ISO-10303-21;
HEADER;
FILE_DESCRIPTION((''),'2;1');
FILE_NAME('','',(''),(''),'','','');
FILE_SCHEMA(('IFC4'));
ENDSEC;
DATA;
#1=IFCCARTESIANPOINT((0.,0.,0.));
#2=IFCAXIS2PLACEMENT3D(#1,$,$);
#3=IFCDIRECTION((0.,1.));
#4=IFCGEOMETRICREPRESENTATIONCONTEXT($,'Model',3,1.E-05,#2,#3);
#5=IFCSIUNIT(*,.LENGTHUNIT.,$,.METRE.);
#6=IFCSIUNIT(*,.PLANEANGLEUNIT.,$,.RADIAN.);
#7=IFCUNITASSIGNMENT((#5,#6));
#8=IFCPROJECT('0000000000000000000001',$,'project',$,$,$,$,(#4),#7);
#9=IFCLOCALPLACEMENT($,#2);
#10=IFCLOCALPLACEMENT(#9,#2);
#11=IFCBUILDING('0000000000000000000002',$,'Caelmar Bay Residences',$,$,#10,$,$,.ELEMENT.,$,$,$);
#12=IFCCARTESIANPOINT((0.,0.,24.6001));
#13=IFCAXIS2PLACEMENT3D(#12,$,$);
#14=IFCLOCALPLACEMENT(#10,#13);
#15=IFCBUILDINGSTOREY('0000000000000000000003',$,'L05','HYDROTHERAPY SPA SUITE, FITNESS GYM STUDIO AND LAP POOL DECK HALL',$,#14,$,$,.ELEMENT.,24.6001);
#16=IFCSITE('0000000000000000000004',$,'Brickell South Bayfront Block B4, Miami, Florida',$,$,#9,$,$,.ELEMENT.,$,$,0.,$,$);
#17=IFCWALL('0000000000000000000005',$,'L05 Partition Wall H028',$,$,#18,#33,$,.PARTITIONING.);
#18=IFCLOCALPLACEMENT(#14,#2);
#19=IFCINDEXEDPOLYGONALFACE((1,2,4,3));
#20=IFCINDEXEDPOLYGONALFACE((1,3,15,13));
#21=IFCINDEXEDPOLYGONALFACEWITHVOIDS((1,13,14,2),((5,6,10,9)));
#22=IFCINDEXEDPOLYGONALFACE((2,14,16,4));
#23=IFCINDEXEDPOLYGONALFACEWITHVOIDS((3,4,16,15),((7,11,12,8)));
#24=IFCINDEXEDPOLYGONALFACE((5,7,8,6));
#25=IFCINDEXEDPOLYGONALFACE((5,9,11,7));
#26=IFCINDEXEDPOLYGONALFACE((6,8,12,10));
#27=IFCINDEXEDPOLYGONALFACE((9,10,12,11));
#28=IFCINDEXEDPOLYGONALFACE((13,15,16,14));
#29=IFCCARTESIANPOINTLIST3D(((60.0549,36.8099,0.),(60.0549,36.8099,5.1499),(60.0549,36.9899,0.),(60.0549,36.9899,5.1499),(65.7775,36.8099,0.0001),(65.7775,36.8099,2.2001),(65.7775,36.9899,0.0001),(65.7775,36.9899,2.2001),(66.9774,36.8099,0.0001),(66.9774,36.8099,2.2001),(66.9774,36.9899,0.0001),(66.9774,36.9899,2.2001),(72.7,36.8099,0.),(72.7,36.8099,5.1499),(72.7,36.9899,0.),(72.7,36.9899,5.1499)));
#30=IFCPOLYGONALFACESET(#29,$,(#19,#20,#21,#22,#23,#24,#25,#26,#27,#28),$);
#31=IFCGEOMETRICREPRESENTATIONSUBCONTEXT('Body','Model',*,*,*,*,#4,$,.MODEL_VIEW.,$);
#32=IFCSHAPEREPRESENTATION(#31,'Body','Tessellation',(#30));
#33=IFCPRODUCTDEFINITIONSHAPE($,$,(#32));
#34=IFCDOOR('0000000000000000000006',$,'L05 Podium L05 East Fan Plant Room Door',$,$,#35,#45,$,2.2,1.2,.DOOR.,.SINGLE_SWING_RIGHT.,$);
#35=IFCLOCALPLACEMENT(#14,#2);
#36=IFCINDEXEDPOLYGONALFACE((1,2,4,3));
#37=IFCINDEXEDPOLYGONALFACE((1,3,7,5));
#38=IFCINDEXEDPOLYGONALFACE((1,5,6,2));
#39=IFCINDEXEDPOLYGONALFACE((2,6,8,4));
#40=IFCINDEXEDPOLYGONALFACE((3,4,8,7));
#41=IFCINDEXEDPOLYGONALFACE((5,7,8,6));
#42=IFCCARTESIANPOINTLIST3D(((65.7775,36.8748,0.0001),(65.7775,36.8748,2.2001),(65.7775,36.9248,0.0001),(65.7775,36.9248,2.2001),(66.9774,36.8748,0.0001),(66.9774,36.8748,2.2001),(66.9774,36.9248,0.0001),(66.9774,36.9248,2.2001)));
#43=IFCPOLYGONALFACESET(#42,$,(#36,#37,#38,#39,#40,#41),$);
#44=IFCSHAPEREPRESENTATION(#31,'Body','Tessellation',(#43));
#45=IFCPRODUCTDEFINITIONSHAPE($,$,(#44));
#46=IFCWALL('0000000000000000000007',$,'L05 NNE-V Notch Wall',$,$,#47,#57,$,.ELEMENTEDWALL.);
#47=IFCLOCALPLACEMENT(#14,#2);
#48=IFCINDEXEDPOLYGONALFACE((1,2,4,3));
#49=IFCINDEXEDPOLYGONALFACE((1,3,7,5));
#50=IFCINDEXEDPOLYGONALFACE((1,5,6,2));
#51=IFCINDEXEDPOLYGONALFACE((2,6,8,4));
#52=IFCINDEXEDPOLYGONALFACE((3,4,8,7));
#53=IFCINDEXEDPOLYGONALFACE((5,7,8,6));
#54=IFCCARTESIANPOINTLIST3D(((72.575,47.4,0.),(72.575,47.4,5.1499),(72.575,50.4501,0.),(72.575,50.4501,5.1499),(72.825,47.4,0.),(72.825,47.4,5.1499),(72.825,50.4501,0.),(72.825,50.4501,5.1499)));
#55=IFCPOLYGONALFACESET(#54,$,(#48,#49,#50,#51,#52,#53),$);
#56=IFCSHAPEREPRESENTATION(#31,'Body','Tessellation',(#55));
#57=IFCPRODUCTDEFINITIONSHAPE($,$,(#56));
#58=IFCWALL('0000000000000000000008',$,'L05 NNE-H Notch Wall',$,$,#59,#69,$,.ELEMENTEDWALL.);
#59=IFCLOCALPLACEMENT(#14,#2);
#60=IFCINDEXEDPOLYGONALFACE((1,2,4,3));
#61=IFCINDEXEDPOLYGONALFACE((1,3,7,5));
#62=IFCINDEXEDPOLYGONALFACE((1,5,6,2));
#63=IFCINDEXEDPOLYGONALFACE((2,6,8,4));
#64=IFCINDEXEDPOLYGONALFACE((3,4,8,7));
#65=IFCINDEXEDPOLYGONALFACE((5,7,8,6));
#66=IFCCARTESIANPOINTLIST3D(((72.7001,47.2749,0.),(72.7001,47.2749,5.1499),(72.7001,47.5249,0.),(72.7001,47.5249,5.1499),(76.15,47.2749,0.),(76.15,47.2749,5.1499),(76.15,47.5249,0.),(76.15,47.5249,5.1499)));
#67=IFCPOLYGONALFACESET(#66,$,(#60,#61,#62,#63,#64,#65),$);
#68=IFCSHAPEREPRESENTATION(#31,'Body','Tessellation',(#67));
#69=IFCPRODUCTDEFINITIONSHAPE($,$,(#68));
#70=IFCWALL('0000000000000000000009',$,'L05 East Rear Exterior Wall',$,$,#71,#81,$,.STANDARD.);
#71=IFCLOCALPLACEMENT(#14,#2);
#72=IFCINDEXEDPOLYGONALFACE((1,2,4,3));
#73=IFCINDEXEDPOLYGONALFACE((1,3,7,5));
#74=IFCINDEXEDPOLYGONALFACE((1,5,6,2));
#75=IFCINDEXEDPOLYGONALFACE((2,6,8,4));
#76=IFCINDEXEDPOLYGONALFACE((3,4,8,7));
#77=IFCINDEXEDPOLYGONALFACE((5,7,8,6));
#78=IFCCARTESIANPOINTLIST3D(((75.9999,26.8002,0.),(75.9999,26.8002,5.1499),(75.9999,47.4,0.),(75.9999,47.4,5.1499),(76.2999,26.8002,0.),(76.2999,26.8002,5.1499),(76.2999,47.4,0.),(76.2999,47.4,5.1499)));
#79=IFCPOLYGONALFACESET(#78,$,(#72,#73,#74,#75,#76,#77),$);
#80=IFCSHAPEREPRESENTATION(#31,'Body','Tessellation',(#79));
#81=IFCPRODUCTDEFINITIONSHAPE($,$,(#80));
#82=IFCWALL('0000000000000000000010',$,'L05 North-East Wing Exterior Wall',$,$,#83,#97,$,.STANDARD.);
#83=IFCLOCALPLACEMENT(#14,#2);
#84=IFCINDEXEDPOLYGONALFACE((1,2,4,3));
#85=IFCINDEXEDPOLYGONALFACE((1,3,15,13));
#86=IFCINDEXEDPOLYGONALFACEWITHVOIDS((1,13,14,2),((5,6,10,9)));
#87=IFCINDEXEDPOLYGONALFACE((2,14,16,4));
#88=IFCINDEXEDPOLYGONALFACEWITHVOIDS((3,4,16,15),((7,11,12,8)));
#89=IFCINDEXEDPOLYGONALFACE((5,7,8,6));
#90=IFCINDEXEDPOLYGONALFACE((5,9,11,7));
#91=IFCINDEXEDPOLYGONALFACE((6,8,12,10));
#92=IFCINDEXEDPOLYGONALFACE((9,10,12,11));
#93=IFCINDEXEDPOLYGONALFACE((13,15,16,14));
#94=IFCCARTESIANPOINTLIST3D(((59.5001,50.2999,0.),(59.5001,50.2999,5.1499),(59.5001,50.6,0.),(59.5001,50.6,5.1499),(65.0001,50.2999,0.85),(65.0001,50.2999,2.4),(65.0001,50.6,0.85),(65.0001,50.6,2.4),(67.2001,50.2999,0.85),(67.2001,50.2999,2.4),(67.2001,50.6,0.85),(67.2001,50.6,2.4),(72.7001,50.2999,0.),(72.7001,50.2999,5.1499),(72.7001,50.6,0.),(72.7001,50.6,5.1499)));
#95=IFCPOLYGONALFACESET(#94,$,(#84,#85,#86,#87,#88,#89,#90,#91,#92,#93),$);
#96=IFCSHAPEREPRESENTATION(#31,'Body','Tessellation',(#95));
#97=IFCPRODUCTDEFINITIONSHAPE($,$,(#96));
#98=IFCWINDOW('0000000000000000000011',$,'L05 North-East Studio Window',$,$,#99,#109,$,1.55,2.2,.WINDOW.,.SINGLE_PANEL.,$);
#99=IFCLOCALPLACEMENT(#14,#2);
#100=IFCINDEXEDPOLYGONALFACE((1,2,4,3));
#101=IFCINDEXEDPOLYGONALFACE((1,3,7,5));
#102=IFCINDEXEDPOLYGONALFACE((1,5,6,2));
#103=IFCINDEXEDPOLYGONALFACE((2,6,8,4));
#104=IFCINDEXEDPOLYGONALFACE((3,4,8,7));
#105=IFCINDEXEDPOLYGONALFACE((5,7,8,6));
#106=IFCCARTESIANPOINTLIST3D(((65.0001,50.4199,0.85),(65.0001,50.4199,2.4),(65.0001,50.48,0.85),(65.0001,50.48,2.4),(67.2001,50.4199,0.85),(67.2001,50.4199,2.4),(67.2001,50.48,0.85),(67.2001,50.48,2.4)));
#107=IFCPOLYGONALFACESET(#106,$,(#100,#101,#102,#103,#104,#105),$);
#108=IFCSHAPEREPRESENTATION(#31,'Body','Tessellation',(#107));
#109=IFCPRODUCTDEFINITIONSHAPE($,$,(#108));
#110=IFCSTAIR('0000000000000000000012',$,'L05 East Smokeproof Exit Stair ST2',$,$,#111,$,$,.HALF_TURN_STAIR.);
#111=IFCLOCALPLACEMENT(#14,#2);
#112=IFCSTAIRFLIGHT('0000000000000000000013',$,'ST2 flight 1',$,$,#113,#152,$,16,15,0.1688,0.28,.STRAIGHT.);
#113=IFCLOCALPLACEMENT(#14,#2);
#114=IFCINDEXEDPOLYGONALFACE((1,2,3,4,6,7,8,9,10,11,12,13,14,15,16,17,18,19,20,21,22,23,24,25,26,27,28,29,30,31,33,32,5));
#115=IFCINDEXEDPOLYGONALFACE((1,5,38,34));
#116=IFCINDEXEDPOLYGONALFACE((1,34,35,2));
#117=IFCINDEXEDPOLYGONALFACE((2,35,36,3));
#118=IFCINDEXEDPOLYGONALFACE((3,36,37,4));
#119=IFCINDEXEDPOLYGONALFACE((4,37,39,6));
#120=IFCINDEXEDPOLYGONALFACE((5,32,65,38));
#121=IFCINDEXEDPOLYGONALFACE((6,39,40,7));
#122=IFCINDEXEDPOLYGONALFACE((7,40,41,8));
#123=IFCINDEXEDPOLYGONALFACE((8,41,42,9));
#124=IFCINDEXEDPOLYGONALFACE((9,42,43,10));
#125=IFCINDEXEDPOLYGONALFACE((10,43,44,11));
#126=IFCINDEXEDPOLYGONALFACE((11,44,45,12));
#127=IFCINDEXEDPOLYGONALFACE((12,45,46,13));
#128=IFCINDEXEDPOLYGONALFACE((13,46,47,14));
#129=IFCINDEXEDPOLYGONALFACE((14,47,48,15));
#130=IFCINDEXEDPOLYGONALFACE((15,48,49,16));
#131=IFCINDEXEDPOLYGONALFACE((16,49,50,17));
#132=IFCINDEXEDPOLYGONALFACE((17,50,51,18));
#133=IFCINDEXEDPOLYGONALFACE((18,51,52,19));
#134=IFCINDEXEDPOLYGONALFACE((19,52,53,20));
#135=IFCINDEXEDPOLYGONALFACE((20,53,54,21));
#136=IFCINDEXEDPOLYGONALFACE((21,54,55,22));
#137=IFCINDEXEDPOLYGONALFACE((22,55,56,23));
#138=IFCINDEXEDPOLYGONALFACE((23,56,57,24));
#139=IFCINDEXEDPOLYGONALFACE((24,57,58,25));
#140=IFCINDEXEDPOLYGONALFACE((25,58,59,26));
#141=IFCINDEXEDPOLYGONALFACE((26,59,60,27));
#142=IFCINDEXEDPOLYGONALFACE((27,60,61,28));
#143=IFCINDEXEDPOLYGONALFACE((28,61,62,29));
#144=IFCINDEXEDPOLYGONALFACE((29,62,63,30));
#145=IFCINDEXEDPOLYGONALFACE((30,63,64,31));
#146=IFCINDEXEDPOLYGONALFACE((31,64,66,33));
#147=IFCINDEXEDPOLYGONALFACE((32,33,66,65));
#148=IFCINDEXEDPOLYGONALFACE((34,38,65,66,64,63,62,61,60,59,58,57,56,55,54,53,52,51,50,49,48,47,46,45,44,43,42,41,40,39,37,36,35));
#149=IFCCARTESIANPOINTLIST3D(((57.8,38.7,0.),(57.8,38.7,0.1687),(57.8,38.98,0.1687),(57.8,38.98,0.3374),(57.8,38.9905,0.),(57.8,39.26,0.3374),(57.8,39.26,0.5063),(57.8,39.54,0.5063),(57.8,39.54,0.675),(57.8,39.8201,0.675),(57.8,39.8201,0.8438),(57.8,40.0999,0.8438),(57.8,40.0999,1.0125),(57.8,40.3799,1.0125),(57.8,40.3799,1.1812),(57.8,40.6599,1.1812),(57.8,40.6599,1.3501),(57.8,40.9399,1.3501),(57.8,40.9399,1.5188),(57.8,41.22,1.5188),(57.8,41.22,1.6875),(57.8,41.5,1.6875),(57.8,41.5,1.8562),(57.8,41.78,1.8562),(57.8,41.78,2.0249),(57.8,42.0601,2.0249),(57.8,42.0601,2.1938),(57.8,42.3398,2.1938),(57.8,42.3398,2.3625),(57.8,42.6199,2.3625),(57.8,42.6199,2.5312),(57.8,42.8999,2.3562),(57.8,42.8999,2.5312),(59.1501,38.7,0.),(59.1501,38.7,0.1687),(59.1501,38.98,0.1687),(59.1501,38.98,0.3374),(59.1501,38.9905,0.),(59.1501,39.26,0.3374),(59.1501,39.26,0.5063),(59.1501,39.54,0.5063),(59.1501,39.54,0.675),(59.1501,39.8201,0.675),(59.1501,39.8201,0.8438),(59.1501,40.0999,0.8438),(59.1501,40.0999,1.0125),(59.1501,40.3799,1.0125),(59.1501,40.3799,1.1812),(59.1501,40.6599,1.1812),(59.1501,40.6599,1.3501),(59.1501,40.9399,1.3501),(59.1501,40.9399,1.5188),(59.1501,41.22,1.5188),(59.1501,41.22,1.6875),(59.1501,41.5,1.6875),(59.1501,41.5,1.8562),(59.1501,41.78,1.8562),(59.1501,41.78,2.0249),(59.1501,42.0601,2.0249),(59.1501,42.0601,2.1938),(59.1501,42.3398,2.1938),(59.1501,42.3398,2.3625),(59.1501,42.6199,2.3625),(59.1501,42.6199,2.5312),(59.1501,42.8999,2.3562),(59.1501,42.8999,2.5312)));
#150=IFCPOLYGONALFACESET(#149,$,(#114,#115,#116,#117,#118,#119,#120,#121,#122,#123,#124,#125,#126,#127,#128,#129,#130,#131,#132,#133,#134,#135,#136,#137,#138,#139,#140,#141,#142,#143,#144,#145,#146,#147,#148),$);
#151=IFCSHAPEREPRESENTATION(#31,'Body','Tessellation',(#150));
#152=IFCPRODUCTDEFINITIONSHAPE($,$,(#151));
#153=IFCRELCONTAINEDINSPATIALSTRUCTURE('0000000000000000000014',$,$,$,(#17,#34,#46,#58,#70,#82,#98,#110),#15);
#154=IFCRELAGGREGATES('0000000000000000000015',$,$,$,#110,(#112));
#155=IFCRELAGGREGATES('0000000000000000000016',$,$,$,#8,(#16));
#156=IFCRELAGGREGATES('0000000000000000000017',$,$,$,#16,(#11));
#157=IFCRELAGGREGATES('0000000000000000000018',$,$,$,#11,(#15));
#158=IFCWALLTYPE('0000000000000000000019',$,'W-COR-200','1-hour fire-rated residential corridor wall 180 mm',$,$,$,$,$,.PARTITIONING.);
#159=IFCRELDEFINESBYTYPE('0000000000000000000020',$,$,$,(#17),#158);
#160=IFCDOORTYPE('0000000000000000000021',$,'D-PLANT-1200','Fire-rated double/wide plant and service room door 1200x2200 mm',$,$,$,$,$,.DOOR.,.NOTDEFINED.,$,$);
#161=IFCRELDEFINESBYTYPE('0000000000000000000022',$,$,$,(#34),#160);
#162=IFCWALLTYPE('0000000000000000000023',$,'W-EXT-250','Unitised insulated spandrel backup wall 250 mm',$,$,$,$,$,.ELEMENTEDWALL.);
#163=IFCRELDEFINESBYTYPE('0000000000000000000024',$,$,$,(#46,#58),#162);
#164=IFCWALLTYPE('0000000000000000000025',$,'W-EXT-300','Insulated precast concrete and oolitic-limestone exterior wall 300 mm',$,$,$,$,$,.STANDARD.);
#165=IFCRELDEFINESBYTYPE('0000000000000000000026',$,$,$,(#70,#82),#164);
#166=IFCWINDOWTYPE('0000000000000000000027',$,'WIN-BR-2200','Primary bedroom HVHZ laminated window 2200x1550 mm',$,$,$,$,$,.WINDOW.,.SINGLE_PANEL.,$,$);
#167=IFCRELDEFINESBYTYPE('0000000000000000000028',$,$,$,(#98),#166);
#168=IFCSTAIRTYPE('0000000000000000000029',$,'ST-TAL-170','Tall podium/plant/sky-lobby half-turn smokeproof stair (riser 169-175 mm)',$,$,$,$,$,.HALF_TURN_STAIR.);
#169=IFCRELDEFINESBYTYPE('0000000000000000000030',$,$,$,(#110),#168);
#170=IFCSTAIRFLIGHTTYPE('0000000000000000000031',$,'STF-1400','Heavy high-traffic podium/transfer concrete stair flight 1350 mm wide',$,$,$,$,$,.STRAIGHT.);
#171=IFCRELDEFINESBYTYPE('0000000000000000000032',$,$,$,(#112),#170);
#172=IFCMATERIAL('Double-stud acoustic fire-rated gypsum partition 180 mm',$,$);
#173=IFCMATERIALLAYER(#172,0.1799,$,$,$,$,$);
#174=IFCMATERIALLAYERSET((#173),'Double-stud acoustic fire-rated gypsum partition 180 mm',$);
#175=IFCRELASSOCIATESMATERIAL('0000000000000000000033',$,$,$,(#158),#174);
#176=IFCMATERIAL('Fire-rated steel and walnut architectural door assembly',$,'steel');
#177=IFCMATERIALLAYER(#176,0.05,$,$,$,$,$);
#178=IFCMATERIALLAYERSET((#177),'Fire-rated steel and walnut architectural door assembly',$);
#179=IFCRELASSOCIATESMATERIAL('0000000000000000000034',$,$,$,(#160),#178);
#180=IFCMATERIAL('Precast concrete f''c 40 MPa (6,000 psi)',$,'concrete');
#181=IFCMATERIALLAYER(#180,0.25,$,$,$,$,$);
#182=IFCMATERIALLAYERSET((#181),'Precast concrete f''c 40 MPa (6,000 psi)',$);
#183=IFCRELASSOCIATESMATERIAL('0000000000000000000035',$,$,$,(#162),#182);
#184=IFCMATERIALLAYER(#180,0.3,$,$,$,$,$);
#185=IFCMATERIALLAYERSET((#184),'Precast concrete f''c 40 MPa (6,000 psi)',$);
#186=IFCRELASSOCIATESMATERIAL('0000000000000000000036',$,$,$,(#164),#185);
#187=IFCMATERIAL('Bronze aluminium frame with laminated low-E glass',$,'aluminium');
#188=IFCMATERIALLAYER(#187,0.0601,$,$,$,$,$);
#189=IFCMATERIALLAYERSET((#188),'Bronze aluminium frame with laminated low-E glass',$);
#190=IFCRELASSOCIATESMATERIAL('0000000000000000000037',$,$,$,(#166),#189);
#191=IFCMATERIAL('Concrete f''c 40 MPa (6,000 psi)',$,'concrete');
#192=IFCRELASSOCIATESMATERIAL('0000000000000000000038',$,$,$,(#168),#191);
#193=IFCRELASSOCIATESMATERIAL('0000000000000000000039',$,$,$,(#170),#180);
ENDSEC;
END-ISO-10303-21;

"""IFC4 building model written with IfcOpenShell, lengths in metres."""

from ifc_helpers import new_model, si_unit, direction, frame, frame_2d, origin, place, context, subcontext, project, spatial, polyline, rectangle, outline, extrude, material, layer, layer_set, type_object, element, fill, aggregate, save


model = new_model("IFC4")

# Units and contexts
model_context = context("Model", 3, precision=1e-05, world=origin(), true_north=direction((0.0, 1.0)))
body_context = subcontext(model_context, "Body", "Model", "MODEL_VIEW")
ifc_project = project(units=[si_unit("LENGTHUNIT", "METRE"), si_unit("PLANEANGLEUNIT", "RADIAN")], contexts=[model_context])

# Site, building, storey
site_placement = place(None, origin())
site = spatial("IfcSite", under=ifc_project, at=site_placement, Name="Brickell South Bayfront Block B4, Miami, Florida", CompositionType="ELEMENT", RefElevation=0.0)
building_placement = place(site_placement, origin())
building = spatial("IfcBuilding", under=site, at=building_placement, Name="Caelmar Bay Residences", CompositionType="ELEMENT")
storey_placement = place(building_placement, frame((0.0, 0.0, 24.6001)))
storey = spatial("IfcBuildingStorey", under=building, at=storey_placement, Name="L05", Description="HYDROTHERAPY SPA SUITE, FITNESS GYM STUDIO AND LAP POOL DECK HALL", CompositionType="ELEMENT", Elevation=24.6001)

# Wall, opening, door
ifc_material_1 = material(Name="Double-stud acoustic fire-rated gypsum partition 180 mm")
ifc_layer_1 = layer(ifc_material_1, 0.1799)
ifc_layer_set_1 = layer_set([ifc_layer_1], Name="Double-stud acoustic fire-rated gypsum partition 180 mm")
wall_type_1 = type_object("IfcWallType", Name="W-COR-200", Description="1-hour fire-rated residential corridor wall 180 mm", PredefinedType="PARTITIONING", material=ifc_layer_set_1)
wall_1_placement = place(storey_placement, frame((60.0549, 36.8999, 0.0), z_axis=(0.0, 0.0, 1.0), x_axis=(1.0, 0.0, 0.0)))
wall_1 = element("IfcWall", 1, at=wall_1_placement, inside=storey, type_object=wall_type_1, Name="L05 Partition Wall H028", PredefinedType="PARTITIONING", context=body_context, shape_type="SweptSolid", body=[
    extrude(rectangle(XDim=12.645, YDim=0.1799, at=frame_2d((6.3225, 0.0))), origin(), (0.0, 0.0, 1.0), 5.1499),
])
opening_1_placement = place(wall_1_placement, frame((5.7224, 0.0, 0.0)))
opening_1 = element("IfcOpeningElement", 2, at=opening_1_placement, cuts=wall_1, PredefinedType="OPENING", context=body_context, shape_type="SweptSolid", body=[
    extrude(rectangle(XDim=1.2, YDim=2.2, at=frame_2d((0.6001, 1.1001))), frame((0.0, 0.0999, 0.0), z_axis=(0.0, -1.0, 0.0), x_axis=(1.0, 0.0, 0.0)), (0.0, 0.0, 1.0), 0.2),
])
ifc_material_2 = material(Name="Fire-rated steel and walnut architectural door assembly", Category="steel")
ifc_layer_2 = layer(ifc_material_2, 0.05)
ifc_layer_set_2 = layer_set([ifc_layer_2], Name="Fire-rated steel and walnut architectural door assembly")
door_type = type_object("IfcDoorType", Name="D-PLANT-1200", Description="Fire-rated double/wide plant and service room door 1200x2200 mm", OperationType="NOTDEFINED", PredefinedType="DOOR", material=ifc_layer_set_2)
door_placement = place(opening_1_placement, origin())
door = element("IfcDoor", 3, at=door_placement, inside=storey, type_object=door_type, Name="L05 Podium L05 East Fan Plant Room Door", OperationType="SINGLE_SWING_RIGHT", OverallHeight=2.2, OverallWidth=1.2, PredefinedType="DOOR", context=body_context, shape_type="SweptSolid", body=[
    extrude(rectangle(XDim=1.2, YDim=2.2, at=frame_2d((0.6001, 1.1001))), frame((0.0, 0.0249, 0.0), z_axis=(0.0, -1.0, 0.0), x_axis=(1.0, 0.0, 0.0)), (0.0, 0.0, 1.0), 0.05),
])
fill(opening_1, door)

# Walls
ifc_material_3 = material(Name="Precast concrete f'c 40 MPa (6,000 psi)", Category="concrete")
ifc_layer_3 = layer(ifc_material_3, 0.25)
ifc_layer_set_3 = layer_set([ifc_layer_3], Name="Precast concrete f'c 40 MPa (6,000 psi)")
wall_type_2 = type_object("IfcWallType", Name="W-EXT-250", Description="Unitised insulated spandrel backup wall 250 mm", PredefinedType="ELEMENTEDWALL", material=ifc_layer_set_3)
wall_2_placement = place(storey_placement, frame((72.7, 50.45, 0.0), z_axis=(0.0, 0.0, 1.0), x_axis=(0.0, -1.0, 0.0)))
element("IfcWall", 4, at=wall_2_placement, inside=storey, type_object=wall_type_2, Name="L05 NNE-V Notch Wall", PredefinedType="ELEMENTEDWALL", context=body_context, shape_type="SweptSolid", body=[
    extrude(rectangle(XDim=3.05, YDim=0.25, at=frame_2d((1.5249, 0.0))), origin(), (0.0, 0.0, 1.0), 5.1499),
])
wall_3_placement = place(storey_placement, frame((72.7, 47.3999, 0.0), z_axis=(0.0, 0.0, 1.0), x_axis=(1.0, 0.0, 0.0)))
element("IfcWall", 5, at=wall_3_placement, inside=storey, type_object=wall_type_2, Name="L05 NNE-H Notch Wall", PredefinedType="ELEMENTEDWALL", context=body_context, shape_type="SweptSolid", body=[
    extrude(rectangle(XDim=3.45, YDim=0.25, at=frame_2d((1.7251, 0.0))), origin(), (0.0, 0.0, 1.0), 5.1499),
])
ifc_layer_4 = layer(ifc_material_3, 0.3)
ifc_layer_set_4 = layer_set([ifc_layer_4], Name="Precast concrete f'c 40 MPa (6,000 psi)")
wall_type_3 = type_object("IfcWallType", Name="W-EXT-300", Description="Insulated precast concrete and oolitic-limestone exterior wall 300 mm", PredefinedType="STANDARD", material=ifc_layer_set_4)
wall_4_placement = place(storey_placement, frame((76.1499, 47.3999, 0.0), z_axis=(0.0, 0.0, 1.0), x_axis=(0.0, -1.0, 0.0)))
element("IfcWall", 6, at=wall_4_placement, inside=storey, type_object=wall_type_3, Name="L05 East Rear Exterior Wall", PredefinedType="STANDARD", context=body_context, shape_type="SweptSolid", body=[
    extrude(rectangle(XDim=20.5999, YDim=0.3, at=frame_2d((10.2998, 0.0))), origin(), (0.0, 0.0, 1.0), 5.1499),
])

# Wall, opening, window
wall_5_placement = place(storey_placement, frame((59.5, 50.45, 0.0), z_axis=(0.0, 0.0, 1.0), x_axis=(1.0, 0.0, 0.0)))
wall_5 = element("IfcWall", 7, at=wall_5_placement, inside=storey, type_object=wall_type_3, Name="L05 North-East Wing Exterior Wall", PredefinedType="STANDARD", context=body_context, shape_type="SweptSolid", body=[
    extrude(rectangle(XDim=13.2, YDim=0.3, at=frame_2d((6.6001, 0.0))), origin(), (0.0, 0.0, 1.0), 5.1499),
])
opening_2_placement = place(wall_5_placement, frame((5.5, 0.0, 0.8501)))
opening_2 = element("IfcOpeningElement", 8, at=opening_2_placement, cuts=wall_5, PredefinedType="OPENING", context=body_context, shape_type="SweptSolid", body=[
    extrude(rectangle(XDim=2.2, YDim=1.55, at=frame_2d((1.1001, 0.7749))), frame((0.0, 0.1599, 0.0), z_axis=(0.0, -1.0, 0.0), x_axis=(1.0, 0.0, 0.0)), (0.0, 0.0, 1.0), 0.3201),
])
ifc_material_4 = material(Name="Bronze aluminium frame with laminated low-E glass", Category="aluminium")
ifc_layer_5 = layer(ifc_material_4, 0.0601)
ifc_layer_set_5 = layer_set([ifc_layer_5], Name="Bronze aluminium frame with laminated low-E glass")
window_type = type_object("IfcWindowType", Name="WIN-BR-2200", Description="Primary bedroom HVHZ laminated window 2200x1550 mm", PartitioningType="SINGLE_PANEL", PredefinedType="WINDOW", material=ifc_layer_set_5)
window_placement = place(opening_2_placement, origin())
window = element("IfcWindow", 9, at=window_placement, inside=storey, type_object=window_type, Name="L05 North-East Studio Window", OverallHeight=1.55, OverallWidth=2.2, PartitioningType="SINGLE_PANEL", PredefinedType="WINDOW", context=body_context, shape_type="SweptSolid", body=[
    extrude(rectangle(XDim=2.2, YDim=1.55, at=frame_2d((1.1001, 0.7749))), frame((0.0, 0.03, 0.0), z_axis=(0.0, -1.0, 0.0), x_axis=(1.0, 0.0, 0.0)), (0.0, 0.0, 1.0), 0.0601),
])
fill(opening_2, window)

# Stair, stair flight
ifc_material_5 = material(Name="Concrete f'c 40 MPa (6,000 psi)", Category="concrete")
stair_type = type_object("IfcStairType", Name="ST-TAL-170", Description="Tall podium/plant/sky-lobby half-turn smokeproof stair (riser 169-175 mm)", PredefinedType="HALF_TURN_STAIR", material=ifc_material_5)
stair_placement = place(storey_placement, origin())
stair = element("IfcStair", 10, at=stair_placement, inside=storey, type_object=stair_type, Name="L05 East Smokeproof Exit Stair ST2", PredefinedType="HALF_TURN_STAIR")
stair_flight_type = type_object("IfcStairFlightType", Name="STF-1400", Description="Heavy high-traffic podium/transfer concrete stair flight 1350 mm wide", PredefinedType="STRAIGHT", material=ifc_material_3)
stair_flight_placement = place(storey_placement, frame((58.4751, 38.7, 0.0), z_axis=(0.0, 0.0, 1.0), x_axis=(0.0, 1.0, 0.0)))
stair_flight = element("IfcStairFlight", 11, at=stair_flight_placement, type_object=stair_flight_type, Name="ST2 flight 1", NumberOfRisers=16, NumberOfTreads=15, PredefinedType="STRAIGHT", RiserHeight=0.1688, TreadLength=0.28, context=body_context, shape_type="SweptSolid", body=[
    extrude(outline(polyline([(0.0, 0.0), (0.0, 0.1687), (0.28, 0.1687), (0.28, 0.3374), (0.5601, 0.3374), (0.5601, 0.5063), (0.8401, 0.5063), (0.8401, 0.675), (1.1201, 0.675), (1.1201, 0.8438), (1.3999, 0.8438), (1.3999, 1.0125), (1.6799, 1.0125), (1.6799, 1.1812), (1.96, 1.1812), (1.96, 1.3501), (2.24, 1.3501), (2.24, 1.5188), (2.52, 1.5188), (2.52, 1.6875), (2.8, 1.6875), (2.8, 1.8562), (3.0801, 1.8562), (3.0801, 2.0249), (3.3601, 2.0249), (3.3601, 2.1938), (3.6399, 2.1938), (3.6399, 2.3625), (3.9199, 2.3625), (3.9199, 2.5312), (4.2, 2.5312), (4.2, 2.7), (4.2, 2.3562), (0.2905, 0.0), (0.0, 0.0)])), frame((0.0, 0.675, 0.0), z_axis=(0.0, -1.0, 0.0), x_axis=(1.0, 0.0, 0.0)), (0.0, 0.0, 1.0), 1.3501),
])
aggregate(stair, [stair_flight])

save(model, "model.ifc")
